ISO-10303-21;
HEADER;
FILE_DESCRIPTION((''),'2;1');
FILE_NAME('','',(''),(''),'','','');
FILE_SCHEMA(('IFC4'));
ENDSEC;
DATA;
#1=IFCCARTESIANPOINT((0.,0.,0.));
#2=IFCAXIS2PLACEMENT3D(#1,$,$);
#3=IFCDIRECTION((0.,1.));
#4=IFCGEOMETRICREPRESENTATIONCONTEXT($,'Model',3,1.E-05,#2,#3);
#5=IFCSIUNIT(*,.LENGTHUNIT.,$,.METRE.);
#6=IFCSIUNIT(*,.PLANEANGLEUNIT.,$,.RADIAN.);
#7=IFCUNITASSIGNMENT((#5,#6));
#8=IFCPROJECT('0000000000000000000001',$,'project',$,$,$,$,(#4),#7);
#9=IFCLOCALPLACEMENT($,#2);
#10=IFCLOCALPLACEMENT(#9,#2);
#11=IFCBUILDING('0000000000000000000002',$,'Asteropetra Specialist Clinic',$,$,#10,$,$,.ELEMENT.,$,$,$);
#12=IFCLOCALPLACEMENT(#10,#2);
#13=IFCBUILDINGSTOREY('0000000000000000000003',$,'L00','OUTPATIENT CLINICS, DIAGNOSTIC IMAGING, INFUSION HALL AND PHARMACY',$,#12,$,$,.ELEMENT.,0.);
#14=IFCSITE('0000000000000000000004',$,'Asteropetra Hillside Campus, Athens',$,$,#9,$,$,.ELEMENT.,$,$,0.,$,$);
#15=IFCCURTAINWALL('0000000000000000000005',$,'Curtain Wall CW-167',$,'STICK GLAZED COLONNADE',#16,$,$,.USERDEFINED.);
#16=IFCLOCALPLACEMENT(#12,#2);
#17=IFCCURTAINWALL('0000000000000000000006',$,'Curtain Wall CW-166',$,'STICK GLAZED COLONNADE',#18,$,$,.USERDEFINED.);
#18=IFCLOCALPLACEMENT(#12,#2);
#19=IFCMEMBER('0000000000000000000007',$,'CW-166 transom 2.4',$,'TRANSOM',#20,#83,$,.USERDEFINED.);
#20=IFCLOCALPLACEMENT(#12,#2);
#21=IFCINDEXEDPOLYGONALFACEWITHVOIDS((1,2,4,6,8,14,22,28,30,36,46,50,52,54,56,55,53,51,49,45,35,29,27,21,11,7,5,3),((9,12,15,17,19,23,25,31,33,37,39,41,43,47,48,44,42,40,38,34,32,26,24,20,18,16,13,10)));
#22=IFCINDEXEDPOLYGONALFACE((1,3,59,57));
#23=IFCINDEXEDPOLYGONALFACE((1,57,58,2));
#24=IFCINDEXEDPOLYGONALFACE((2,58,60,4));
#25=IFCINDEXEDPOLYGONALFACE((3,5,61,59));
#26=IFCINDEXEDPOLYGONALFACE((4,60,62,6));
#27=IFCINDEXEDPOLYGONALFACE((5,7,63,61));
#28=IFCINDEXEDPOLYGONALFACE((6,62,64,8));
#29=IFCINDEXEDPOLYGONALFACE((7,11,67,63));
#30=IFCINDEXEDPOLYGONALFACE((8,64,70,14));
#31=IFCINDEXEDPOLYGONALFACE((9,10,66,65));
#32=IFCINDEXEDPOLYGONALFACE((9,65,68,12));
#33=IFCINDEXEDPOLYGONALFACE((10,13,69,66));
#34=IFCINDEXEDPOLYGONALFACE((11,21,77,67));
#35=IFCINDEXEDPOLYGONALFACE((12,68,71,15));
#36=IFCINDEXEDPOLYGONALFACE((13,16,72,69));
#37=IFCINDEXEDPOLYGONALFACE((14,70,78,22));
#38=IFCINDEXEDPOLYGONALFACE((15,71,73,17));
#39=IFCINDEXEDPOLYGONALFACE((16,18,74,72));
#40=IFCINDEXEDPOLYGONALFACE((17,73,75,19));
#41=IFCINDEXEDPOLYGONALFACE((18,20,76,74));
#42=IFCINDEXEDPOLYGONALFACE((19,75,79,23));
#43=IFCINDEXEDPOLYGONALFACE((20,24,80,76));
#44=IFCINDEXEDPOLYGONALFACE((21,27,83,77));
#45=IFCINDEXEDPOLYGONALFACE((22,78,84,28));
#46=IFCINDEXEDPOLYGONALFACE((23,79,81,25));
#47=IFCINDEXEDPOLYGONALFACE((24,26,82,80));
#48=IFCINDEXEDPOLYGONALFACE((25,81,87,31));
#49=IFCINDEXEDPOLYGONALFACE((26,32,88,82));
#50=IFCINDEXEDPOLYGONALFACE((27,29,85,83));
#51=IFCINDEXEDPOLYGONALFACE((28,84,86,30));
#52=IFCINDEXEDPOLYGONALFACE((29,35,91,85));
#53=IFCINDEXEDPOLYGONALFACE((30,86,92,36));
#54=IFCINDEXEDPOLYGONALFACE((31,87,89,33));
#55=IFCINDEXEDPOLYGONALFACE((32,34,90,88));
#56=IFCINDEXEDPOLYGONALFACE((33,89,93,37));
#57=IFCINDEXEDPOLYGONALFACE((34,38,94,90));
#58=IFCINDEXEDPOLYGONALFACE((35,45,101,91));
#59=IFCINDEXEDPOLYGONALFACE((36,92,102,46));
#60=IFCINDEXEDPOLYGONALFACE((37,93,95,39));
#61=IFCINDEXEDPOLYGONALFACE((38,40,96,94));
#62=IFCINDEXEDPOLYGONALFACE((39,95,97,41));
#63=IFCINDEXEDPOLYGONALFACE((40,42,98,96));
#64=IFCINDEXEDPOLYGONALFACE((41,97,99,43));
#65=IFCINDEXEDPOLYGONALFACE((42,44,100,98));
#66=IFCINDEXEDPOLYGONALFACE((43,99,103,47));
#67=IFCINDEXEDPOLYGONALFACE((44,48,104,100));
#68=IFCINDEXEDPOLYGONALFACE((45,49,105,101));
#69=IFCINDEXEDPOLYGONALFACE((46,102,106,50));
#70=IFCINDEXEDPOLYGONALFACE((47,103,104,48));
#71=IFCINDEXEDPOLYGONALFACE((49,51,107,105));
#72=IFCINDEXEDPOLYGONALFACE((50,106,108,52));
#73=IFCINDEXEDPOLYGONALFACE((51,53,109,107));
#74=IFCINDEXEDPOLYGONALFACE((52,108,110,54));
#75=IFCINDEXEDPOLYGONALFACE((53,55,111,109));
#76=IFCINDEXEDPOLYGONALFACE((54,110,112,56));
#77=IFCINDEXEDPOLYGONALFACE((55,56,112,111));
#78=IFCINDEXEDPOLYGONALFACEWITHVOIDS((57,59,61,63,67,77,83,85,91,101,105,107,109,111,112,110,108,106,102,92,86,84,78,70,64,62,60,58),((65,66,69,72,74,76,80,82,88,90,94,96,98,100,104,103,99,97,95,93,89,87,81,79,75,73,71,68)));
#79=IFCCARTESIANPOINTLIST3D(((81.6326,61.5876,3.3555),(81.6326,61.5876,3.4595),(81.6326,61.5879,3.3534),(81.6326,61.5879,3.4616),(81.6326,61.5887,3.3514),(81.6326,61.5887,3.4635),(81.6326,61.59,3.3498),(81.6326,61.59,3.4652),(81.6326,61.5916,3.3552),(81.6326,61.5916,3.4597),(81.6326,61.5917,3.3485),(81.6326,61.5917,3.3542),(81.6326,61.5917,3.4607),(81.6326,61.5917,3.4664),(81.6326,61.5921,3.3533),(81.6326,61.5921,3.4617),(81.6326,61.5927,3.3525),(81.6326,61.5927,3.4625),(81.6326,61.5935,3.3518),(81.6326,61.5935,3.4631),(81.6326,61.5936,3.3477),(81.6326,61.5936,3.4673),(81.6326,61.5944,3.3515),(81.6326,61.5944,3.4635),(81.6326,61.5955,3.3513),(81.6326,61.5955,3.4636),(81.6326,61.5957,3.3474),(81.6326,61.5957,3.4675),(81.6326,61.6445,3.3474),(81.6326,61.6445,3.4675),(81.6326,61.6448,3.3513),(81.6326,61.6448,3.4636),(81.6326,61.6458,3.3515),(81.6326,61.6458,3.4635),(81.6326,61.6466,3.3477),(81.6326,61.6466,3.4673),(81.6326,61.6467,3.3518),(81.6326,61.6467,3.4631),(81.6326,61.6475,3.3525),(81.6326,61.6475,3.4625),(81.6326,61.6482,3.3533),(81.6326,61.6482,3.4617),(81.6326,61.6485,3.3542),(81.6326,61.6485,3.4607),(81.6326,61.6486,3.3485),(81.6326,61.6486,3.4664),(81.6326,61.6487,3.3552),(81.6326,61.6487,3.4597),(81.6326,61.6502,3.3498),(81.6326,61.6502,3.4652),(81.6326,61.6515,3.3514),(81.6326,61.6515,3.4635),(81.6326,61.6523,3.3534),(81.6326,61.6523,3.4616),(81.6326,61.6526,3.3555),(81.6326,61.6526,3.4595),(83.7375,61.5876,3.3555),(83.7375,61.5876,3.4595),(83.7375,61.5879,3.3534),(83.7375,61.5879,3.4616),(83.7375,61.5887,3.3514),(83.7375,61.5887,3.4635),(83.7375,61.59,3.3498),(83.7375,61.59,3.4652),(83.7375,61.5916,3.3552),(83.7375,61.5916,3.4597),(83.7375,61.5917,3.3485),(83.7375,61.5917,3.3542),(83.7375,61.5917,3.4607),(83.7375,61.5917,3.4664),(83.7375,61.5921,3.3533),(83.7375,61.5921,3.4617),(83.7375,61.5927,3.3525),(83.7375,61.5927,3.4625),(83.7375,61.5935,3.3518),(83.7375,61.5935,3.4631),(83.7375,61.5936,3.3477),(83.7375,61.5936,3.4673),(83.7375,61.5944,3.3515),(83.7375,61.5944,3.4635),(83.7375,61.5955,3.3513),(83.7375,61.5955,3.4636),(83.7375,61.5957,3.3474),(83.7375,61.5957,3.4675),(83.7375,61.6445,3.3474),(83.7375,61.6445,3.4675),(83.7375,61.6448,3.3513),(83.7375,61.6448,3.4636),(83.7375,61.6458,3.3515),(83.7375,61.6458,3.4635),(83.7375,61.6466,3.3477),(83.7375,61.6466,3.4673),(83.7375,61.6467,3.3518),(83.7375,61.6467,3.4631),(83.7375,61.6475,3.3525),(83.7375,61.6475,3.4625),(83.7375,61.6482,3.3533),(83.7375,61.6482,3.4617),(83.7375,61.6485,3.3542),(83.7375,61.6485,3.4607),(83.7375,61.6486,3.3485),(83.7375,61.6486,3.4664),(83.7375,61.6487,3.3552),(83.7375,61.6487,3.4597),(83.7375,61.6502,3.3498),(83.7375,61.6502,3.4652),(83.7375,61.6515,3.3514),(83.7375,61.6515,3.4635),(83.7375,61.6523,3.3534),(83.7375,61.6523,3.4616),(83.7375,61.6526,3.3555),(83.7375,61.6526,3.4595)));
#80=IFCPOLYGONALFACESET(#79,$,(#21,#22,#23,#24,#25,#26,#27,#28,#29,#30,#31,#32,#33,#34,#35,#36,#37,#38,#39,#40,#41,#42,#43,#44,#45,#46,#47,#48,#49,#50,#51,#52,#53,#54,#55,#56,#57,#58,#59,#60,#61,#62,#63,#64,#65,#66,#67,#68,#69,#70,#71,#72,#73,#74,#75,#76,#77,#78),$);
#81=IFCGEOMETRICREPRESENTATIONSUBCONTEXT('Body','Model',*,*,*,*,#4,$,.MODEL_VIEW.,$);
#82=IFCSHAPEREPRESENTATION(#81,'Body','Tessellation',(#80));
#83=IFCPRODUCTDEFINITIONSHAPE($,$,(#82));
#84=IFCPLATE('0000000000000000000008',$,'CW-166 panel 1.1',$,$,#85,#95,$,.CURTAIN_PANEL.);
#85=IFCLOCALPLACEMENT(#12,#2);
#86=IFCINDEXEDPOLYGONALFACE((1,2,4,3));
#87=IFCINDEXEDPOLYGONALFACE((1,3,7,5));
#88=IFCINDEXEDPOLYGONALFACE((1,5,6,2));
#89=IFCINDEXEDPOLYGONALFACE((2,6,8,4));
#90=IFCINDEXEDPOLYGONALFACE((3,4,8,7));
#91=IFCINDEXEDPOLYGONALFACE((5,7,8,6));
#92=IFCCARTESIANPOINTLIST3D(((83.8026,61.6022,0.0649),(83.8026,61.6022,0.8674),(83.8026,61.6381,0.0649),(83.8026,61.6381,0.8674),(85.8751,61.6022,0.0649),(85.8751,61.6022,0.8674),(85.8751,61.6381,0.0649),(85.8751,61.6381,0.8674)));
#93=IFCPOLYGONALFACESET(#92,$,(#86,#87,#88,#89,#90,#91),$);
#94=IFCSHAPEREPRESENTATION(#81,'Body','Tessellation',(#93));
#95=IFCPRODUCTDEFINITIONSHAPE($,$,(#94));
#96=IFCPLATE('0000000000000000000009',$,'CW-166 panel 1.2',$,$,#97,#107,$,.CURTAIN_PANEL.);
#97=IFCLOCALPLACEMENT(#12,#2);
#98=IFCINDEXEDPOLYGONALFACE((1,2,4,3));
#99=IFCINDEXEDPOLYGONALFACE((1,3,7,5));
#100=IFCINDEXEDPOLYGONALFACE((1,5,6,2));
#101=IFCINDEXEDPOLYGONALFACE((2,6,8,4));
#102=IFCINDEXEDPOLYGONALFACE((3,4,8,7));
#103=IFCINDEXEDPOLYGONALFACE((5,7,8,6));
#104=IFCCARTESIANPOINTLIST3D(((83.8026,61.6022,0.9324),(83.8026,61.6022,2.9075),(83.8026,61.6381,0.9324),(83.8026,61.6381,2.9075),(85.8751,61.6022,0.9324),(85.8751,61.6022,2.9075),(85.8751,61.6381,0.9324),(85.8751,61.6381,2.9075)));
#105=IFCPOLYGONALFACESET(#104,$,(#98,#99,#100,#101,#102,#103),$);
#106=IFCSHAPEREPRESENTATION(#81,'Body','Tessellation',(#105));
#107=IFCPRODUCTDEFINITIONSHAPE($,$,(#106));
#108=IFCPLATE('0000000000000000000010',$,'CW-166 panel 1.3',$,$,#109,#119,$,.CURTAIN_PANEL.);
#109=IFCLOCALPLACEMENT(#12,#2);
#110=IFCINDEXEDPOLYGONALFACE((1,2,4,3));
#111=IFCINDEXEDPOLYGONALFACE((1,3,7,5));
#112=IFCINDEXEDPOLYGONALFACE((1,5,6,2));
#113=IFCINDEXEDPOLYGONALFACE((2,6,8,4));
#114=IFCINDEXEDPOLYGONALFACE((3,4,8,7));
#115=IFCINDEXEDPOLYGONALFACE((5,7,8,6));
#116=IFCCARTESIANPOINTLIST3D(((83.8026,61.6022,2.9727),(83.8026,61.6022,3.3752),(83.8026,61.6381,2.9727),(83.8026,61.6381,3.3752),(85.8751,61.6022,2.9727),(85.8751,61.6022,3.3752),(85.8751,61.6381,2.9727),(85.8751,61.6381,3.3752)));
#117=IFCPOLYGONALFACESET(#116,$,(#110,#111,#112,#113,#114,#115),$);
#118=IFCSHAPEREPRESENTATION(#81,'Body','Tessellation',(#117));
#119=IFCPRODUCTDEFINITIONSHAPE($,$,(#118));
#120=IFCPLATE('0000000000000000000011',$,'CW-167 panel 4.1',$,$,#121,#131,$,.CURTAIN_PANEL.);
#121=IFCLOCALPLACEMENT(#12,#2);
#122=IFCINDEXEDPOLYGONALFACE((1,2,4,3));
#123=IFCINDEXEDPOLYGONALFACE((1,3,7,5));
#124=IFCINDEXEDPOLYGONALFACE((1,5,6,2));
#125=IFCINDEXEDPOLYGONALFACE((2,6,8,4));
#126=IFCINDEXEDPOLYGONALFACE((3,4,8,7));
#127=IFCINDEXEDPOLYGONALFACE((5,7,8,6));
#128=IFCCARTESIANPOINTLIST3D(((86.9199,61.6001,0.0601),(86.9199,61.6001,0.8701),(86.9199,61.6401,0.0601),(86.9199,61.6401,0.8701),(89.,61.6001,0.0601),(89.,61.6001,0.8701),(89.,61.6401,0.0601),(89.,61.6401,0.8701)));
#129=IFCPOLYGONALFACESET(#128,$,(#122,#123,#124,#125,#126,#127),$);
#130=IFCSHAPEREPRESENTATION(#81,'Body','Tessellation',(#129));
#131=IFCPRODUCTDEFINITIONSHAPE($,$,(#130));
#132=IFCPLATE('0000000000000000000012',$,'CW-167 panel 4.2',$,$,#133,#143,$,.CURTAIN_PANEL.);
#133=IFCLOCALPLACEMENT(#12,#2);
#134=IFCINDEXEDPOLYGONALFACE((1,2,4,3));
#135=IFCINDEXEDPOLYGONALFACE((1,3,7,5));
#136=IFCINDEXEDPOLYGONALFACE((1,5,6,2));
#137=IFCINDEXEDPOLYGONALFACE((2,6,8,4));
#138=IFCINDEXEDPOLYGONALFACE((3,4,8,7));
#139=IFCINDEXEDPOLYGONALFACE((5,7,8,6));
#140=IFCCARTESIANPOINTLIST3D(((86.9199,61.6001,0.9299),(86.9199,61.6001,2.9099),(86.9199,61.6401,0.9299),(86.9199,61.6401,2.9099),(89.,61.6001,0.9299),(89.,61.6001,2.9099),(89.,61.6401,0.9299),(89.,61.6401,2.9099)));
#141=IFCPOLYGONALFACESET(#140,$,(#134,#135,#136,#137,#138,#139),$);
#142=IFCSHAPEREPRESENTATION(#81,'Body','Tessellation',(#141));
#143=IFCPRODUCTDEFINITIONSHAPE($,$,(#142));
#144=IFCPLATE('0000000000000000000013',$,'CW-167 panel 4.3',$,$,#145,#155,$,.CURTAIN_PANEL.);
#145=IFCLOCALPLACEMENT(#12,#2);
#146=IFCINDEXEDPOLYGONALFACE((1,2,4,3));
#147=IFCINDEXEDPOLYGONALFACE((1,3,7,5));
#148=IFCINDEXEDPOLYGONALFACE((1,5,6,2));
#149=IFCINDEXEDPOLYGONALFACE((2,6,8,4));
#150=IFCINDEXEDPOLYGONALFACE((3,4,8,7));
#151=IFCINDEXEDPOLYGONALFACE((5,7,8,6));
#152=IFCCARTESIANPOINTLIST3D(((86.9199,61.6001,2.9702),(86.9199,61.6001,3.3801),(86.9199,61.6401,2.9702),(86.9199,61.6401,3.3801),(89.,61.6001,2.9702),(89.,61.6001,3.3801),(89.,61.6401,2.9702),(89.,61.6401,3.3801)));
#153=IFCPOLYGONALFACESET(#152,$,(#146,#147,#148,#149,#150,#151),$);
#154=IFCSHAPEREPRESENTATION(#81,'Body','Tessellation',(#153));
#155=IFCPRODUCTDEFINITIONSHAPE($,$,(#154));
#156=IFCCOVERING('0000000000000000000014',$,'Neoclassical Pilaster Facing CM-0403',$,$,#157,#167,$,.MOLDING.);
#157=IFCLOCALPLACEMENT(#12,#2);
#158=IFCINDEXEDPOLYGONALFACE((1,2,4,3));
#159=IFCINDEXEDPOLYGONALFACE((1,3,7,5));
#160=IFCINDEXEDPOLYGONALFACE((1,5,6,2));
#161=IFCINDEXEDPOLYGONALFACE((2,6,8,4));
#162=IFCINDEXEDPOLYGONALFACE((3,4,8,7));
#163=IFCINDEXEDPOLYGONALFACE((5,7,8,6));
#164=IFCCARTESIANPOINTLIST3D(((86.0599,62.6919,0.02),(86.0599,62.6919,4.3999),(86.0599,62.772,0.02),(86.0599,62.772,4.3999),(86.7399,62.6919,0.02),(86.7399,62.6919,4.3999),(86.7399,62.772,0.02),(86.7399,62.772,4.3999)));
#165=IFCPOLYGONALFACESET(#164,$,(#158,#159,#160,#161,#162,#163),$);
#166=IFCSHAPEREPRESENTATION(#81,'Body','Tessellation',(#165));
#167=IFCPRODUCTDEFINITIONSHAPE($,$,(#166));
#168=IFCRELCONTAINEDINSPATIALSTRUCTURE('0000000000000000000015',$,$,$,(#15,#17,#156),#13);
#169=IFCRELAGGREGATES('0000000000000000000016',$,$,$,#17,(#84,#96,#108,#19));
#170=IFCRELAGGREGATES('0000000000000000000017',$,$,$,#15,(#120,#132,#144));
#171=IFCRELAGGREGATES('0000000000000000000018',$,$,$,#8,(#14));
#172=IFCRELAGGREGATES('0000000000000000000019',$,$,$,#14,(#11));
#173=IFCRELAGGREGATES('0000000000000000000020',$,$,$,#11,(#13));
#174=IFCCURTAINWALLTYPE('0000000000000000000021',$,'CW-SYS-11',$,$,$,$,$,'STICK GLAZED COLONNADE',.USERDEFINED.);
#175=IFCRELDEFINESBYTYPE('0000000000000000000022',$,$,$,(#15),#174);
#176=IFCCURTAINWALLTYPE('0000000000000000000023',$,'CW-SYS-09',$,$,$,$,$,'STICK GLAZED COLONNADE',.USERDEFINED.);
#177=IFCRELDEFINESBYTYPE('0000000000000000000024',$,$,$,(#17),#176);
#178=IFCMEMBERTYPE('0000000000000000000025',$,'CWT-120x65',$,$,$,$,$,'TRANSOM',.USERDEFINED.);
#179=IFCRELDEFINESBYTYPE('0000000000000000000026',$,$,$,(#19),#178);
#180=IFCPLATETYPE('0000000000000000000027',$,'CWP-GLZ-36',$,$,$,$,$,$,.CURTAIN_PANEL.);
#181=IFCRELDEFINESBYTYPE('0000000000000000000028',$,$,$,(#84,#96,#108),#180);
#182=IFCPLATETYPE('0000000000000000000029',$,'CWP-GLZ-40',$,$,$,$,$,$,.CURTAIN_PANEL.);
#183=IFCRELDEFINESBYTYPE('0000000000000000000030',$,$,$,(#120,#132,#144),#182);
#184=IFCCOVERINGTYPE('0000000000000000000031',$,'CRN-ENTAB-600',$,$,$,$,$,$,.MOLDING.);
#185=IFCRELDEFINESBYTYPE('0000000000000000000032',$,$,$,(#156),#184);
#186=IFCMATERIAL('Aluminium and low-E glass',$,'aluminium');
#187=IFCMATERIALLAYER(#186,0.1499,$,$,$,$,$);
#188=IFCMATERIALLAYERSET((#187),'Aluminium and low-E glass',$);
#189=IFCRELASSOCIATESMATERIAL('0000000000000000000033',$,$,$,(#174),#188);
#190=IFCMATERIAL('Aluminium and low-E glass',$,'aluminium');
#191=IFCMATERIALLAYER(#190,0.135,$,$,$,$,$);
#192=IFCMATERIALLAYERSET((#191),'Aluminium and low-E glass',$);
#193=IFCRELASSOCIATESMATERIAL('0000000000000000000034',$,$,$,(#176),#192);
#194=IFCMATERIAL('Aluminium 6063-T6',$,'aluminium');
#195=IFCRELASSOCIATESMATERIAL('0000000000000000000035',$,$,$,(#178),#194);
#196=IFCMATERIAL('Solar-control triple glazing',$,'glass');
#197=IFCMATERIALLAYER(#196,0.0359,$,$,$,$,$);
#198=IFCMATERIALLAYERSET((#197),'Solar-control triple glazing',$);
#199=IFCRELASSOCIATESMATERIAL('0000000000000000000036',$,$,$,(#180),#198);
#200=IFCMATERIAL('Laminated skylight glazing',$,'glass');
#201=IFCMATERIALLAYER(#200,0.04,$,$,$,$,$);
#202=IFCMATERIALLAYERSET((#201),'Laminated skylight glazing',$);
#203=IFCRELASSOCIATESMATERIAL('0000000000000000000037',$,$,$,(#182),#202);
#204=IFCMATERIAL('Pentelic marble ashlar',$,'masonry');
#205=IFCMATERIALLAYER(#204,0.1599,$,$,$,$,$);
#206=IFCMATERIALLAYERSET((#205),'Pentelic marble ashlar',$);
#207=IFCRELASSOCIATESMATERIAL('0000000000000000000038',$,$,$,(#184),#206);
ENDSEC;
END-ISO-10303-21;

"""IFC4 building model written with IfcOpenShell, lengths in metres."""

from ifc_helpers import new_model, si_unit, direction, frame, origin, origin_2d, place, context, subcontext, project, spatial, rectangle, hollow_rectangle, extrude, material, layer, layer_set, material_profile, profile_set, type_object, element, aggregate, save


model = new_model("IFC4")

# Units and contexts
model_context = context("Model", 3, precision=1e-05, world=origin(), true_north=direction((0.0, 1.0)))
body_context = subcontext(model_context, "Body", "Model", "MODEL_VIEW")
ifc_project = project(units=[si_unit("LENGTHUNIT", "METRE"), si_unit("PLANEANGLEUNIT", "RADIAN")], contexts=[model_context])

# Site, building, storey
site_placement = place(None, origin())
site = spatial("IfcSite", under=ifc_project, at=site_placement, Name="Asteropetra Hillside Campus, Athens", CompositionType="ELEMENT", RefElevation=0.0)
building_placement = place(site_placement, origin())
building = spatial("IfcBuilding", under=site, at=building_placement, Name="Asteropetra Specialist Clinic", CompositionType="ELEMENT")
storey_placement = place(building_placement, origin())
storey = spatial("IfcBuildingStorey", under=building, at=storey_placement, Name="L00", Description="OUTPATIENT CLINICS, DIAGNOSTIC IMAGING, INFUSION HALL AND PHARMACY", CompositionType="ELEMENT", Elevation=0.0)

# Curtain wall
ifc_material_1 = material(Name="Aluminium and low-E glass", Category="aluminium")
ifc_layer_1 = layer(ifc_material_1, 0.1499)
ifc_layer_set_1 = layer_set([ifc_layer_1], Name="Aluminium and low-E glass")
curtain_wall_type_1 = type_object("IfcCurtainWallType", Name="CW-SYS-11", ElementType="STICK GLAZED COLONNADE", PredefinedType="USERDEFINED", material=ifc_layer_set_1)
curtain_wall_1_placement = place(storey_placement, origin())
curtain_wall_1 = element("IfcCurtainWall", 1, at=curtain_wall_1_placement, inside=storey, type_object=curtain_wall_type_1, Name="Curtain Wall CW-167", ObjectType="STICK GLAZED COLONNADE", PredefinedType="USERDEFINED")

# Curtain wall, member, plates
ifc_material_2 = material(Name="Aluminium and low-E glass", Category="aluminium")
ifc_layer_2 = layer(ifc_material_2, 0.135)
ifc_layer_set_2 = layer_set([ifc_layer_2], Name="Aluminium and low-E glass")
curtain_wall_type_2 = type_object("IfcCurtainWallType", Name="CW-SYS-09", ElementType="STICK GLAZED COLONNADE", PredefinedType="USERDEFINED", material=ifc_layer_set_2)
curtain_wall_2_placement = place(storey_placement, origin())
curtain_wall_2 = element("IfcCurtainWall", 2, at=curtain_wall_2_placement, inside=storey, type_object=curtain_wall_type_2, Name="Curtain Wall CW-166", ObjectType="STICK GLAZED COLONNADE", PredefinedType="USERDEFINED")
ifc_material_3 = material(Name="Aluminium 6063-T6", Category="aluminium")
ifc_material_profile_1 = material_profile(ifc_material_3, hollow_rectangle(XDim=0.0649, YDim=0.1201, WallThickness=0.0039, InnerFilletRadius=0.0039, OuterFilletRadius=0.0081, at=origin_2d()), Name="TRN 120x65x4.0")
ifc_profile_set_1 = profile_set([ifc_material_profile_1], Name="Aluminium 6063-T6")
member_type_1 = type_object("IfcMemberType", Name="CWT-120x65", ElementType="TRANSOM", PredefinedType="USERDEFINED", material=ifc_profile_set_1)
member_1_placement = place(storey_placement, frame((83.7375, 61.6201, 3.4075), z_axis=(-1.0, 0.0, 0.0), x_axis=(0.0, -1.0, 0.0)))
member_1 = element("IfcMember", 3, at=member_1_placement, type_object=member_type_1, Name="CW-166 transom 2.4", ObjectType="TRANSOM", PredefinedType="USERDEFINED", context=body_context, shape_type="SweptSolid", body=[
    extrude(hollow_rectangle(XDim=0.0649, YDim=0.1201, WallThickness=0.0039, InnerFilletRadius=0.0039, OuterFilletRadius=0.0081, at=origin_2d()), origin(), (0.0, 0.0, 1.0), 2.105),
])
ifc_material_4 = material(Name="Solar-control triple glazing", Category="glass")
ifc_layer_3 = layer(ifc_material_4, 0.0359)
ifc_layer_set_3 = layer_set([ifc_layer_3], Name="Solar-control triple glazing")
plate_type_1 = type_object("IfcPlateType", Name="CWP-GLZ-36", PredefinedType="CURTAIN_PANEL", material=ifc_layer_set_3)
plate_1_placement = place(storey_placement, frame((84.8389, 61.6201, 0.0649), z_axis=(0.0, 0.0, 1.0), x_axis=(-1.0, 0.0, 0.0)))
plate_1 = element("IfcPlate", 4, at=plate_1_placement, type_object=plate_type_1, Name="CW-166 panel 1.1", PredefinedType="CURTAIN_PANEL", context=body_context, shape_type="SweptSolid", body=[
    extrude(rectangle(XDim=2.0725, YDim=0.0359, at=origin_2d()), origin(), (0.0, 0.0, 1.0), 0.8025),
])
plate_2_placement = place(storey_placement, frame((84.8389, 61.6201, 0.9324), z_axis=(0.0, 0.0, 1.0), x_axis=(-1.0, 0.0, 0.0)))
plate_2 = element("IfcPlate", 5, at=plate_2_placement, type_object=plate_type_1, Name="CW-166 panel 1.2", PredefinedType="CURTAIN_PANEL", context=body_context, shape_type="SweptSolid", body=[
    extrude(rectangle(XDim=2.0725, YDim=0.0359, at=origin_2d()), origin(), (0.0, 0.0, 1.0), 1.9751),
])
plate_3_placement = place(storey_placement, frame((84.8389, 61.6201, 2.9727), z_axis=(0.0, 0.0, 1.0), x_axis=(-1.0, 0.0, 0.0)))
plate_3 = element("IfcPlate", 6, at=plate_3_placement, type_object=plate_type_1, Name="CW-166 panel 1.3", PredefinedType="CURTAIN_PANEL", context=body_context, shape_type="SweptSolid", body=[
    extrude(rectangle(XDim=2.0725, YDim=0.0359, at=origin_2d()), origin(), (0.0, 0.0, 1.0), 0.4026),
])
aggregate(curtain_wall_2, [plate_1, plate_2, plate_3, member_1])

# Plates
ifc_material_5 = material(Name="Laminated skylight glazing", Category="glass")
ifc_layer_4 = layer(ifc_material_5, 0.04)
ifc_layer_set_4 = layer_set([ifc_layer_4], Name="Laminated skylight glazing")
plate_type_2 = type_object("IfcPlateType", Name="CWP-GLZ-40", PredefinedType="CURTAIN_PANEL", material=ifc_layer_set_4)
plate_4_placement = place(storey_placement, frame((87.96, 61.6201, 0.0601), z_axis=(0.0, 0.0, 1.0), x_axis=(-1.0, 0.0, 0.0)))
plate_4 = element("IfcPlate", 7, at=plate_4_placement, type_object=plate_type_2, Name="CW-167 panel 4.1", PredefinedType="CURTAIN_PANEL", context=body_context, shape_type="SweptSolid", body=[
    extrude(rectangle(XDim=2.0801, YDim=0.04, at=origin_2d()), origin(), (0.0, 0.0, 1.0), 0.8101),
])
plate_5_placement = place(storey_placement, frame((87.96, 61.6201, 0.9299), z_axis=(0.0, 0.0, 1.0), x_axis=(-1.0, 0.0, 0.0)))
plate_5 = element("IfcPlate", 8, at=plate_5_placement, type_object=plate_type_2, Name="CW-167 panel 4.2", PredefinedType="CURTAIN_PANEL", context=body_context, shape_type="SweptSolid", body=[
    extrude(rectangle(XDim=2.0801, YDim=0.04, at=origin_2d()), origin(), (0.0, 0.0, 1.0), 1.98),
])
plate_6_placement = place(storey_placement, frame((87.96, 61.6201, 2.9702), z_axis=(0.0, 0.0, 1.0), x_axis=(-1.0, 0.0, 0.0)))
plate_6 = element("IfcPlate", 9, at=plate_6_placement, type_object=plate_type_2, Name="CW-167 panel 4.3", PredefinedType="CURTAIN_PANEL", context=body_context, shape_type="SweptSolid", body=[
    extrude(rectangle(XDim=2.0801, YDim=0.04, at=origin_2d()), origin(), (0.0, 0.0, 1.0), 0.4099),
])
aggregate(curtain_wall_1, [plate_4, plate_5, plate_6])

# Covering
ifc_material_6 = material(Name="Pentelic marble ashlar", Category="masonry")
ifc_layer_5 = layer(ifc_material_6, 0.1599)
ifc_layer_set_5 = layer_set([ifc_layer_5], Name="Pentelic marble ashlar")
covering_type = type_object("IfcCoveringType", Name="CRN-ENTAB-600", PredefinedType="MOLDING", material=ifc_layer_set_5)
covering_placement = place(storey_placement, frame((86.3999, 62.7319, 0.02), z_axis=(0.0, 0.0, 1.0), x_axis=(1.0, 0.0, 0.0)))
element("IfcCovering", 10, at=covering_placement, inside=storey, type_object=covering_type, Name="Neoclassical Pilaster Facing CM-0403", PredefinedType="MOLDING", context=body_context, shape_type="SweptSolid", body=[
    extrude(rectangle(XDim=0.6799, YDim=0.0801, at=origin_2d()), origin(), (0.0, 0.0, 1.0), 4.3799),
])

save(model, "model.ifc")
